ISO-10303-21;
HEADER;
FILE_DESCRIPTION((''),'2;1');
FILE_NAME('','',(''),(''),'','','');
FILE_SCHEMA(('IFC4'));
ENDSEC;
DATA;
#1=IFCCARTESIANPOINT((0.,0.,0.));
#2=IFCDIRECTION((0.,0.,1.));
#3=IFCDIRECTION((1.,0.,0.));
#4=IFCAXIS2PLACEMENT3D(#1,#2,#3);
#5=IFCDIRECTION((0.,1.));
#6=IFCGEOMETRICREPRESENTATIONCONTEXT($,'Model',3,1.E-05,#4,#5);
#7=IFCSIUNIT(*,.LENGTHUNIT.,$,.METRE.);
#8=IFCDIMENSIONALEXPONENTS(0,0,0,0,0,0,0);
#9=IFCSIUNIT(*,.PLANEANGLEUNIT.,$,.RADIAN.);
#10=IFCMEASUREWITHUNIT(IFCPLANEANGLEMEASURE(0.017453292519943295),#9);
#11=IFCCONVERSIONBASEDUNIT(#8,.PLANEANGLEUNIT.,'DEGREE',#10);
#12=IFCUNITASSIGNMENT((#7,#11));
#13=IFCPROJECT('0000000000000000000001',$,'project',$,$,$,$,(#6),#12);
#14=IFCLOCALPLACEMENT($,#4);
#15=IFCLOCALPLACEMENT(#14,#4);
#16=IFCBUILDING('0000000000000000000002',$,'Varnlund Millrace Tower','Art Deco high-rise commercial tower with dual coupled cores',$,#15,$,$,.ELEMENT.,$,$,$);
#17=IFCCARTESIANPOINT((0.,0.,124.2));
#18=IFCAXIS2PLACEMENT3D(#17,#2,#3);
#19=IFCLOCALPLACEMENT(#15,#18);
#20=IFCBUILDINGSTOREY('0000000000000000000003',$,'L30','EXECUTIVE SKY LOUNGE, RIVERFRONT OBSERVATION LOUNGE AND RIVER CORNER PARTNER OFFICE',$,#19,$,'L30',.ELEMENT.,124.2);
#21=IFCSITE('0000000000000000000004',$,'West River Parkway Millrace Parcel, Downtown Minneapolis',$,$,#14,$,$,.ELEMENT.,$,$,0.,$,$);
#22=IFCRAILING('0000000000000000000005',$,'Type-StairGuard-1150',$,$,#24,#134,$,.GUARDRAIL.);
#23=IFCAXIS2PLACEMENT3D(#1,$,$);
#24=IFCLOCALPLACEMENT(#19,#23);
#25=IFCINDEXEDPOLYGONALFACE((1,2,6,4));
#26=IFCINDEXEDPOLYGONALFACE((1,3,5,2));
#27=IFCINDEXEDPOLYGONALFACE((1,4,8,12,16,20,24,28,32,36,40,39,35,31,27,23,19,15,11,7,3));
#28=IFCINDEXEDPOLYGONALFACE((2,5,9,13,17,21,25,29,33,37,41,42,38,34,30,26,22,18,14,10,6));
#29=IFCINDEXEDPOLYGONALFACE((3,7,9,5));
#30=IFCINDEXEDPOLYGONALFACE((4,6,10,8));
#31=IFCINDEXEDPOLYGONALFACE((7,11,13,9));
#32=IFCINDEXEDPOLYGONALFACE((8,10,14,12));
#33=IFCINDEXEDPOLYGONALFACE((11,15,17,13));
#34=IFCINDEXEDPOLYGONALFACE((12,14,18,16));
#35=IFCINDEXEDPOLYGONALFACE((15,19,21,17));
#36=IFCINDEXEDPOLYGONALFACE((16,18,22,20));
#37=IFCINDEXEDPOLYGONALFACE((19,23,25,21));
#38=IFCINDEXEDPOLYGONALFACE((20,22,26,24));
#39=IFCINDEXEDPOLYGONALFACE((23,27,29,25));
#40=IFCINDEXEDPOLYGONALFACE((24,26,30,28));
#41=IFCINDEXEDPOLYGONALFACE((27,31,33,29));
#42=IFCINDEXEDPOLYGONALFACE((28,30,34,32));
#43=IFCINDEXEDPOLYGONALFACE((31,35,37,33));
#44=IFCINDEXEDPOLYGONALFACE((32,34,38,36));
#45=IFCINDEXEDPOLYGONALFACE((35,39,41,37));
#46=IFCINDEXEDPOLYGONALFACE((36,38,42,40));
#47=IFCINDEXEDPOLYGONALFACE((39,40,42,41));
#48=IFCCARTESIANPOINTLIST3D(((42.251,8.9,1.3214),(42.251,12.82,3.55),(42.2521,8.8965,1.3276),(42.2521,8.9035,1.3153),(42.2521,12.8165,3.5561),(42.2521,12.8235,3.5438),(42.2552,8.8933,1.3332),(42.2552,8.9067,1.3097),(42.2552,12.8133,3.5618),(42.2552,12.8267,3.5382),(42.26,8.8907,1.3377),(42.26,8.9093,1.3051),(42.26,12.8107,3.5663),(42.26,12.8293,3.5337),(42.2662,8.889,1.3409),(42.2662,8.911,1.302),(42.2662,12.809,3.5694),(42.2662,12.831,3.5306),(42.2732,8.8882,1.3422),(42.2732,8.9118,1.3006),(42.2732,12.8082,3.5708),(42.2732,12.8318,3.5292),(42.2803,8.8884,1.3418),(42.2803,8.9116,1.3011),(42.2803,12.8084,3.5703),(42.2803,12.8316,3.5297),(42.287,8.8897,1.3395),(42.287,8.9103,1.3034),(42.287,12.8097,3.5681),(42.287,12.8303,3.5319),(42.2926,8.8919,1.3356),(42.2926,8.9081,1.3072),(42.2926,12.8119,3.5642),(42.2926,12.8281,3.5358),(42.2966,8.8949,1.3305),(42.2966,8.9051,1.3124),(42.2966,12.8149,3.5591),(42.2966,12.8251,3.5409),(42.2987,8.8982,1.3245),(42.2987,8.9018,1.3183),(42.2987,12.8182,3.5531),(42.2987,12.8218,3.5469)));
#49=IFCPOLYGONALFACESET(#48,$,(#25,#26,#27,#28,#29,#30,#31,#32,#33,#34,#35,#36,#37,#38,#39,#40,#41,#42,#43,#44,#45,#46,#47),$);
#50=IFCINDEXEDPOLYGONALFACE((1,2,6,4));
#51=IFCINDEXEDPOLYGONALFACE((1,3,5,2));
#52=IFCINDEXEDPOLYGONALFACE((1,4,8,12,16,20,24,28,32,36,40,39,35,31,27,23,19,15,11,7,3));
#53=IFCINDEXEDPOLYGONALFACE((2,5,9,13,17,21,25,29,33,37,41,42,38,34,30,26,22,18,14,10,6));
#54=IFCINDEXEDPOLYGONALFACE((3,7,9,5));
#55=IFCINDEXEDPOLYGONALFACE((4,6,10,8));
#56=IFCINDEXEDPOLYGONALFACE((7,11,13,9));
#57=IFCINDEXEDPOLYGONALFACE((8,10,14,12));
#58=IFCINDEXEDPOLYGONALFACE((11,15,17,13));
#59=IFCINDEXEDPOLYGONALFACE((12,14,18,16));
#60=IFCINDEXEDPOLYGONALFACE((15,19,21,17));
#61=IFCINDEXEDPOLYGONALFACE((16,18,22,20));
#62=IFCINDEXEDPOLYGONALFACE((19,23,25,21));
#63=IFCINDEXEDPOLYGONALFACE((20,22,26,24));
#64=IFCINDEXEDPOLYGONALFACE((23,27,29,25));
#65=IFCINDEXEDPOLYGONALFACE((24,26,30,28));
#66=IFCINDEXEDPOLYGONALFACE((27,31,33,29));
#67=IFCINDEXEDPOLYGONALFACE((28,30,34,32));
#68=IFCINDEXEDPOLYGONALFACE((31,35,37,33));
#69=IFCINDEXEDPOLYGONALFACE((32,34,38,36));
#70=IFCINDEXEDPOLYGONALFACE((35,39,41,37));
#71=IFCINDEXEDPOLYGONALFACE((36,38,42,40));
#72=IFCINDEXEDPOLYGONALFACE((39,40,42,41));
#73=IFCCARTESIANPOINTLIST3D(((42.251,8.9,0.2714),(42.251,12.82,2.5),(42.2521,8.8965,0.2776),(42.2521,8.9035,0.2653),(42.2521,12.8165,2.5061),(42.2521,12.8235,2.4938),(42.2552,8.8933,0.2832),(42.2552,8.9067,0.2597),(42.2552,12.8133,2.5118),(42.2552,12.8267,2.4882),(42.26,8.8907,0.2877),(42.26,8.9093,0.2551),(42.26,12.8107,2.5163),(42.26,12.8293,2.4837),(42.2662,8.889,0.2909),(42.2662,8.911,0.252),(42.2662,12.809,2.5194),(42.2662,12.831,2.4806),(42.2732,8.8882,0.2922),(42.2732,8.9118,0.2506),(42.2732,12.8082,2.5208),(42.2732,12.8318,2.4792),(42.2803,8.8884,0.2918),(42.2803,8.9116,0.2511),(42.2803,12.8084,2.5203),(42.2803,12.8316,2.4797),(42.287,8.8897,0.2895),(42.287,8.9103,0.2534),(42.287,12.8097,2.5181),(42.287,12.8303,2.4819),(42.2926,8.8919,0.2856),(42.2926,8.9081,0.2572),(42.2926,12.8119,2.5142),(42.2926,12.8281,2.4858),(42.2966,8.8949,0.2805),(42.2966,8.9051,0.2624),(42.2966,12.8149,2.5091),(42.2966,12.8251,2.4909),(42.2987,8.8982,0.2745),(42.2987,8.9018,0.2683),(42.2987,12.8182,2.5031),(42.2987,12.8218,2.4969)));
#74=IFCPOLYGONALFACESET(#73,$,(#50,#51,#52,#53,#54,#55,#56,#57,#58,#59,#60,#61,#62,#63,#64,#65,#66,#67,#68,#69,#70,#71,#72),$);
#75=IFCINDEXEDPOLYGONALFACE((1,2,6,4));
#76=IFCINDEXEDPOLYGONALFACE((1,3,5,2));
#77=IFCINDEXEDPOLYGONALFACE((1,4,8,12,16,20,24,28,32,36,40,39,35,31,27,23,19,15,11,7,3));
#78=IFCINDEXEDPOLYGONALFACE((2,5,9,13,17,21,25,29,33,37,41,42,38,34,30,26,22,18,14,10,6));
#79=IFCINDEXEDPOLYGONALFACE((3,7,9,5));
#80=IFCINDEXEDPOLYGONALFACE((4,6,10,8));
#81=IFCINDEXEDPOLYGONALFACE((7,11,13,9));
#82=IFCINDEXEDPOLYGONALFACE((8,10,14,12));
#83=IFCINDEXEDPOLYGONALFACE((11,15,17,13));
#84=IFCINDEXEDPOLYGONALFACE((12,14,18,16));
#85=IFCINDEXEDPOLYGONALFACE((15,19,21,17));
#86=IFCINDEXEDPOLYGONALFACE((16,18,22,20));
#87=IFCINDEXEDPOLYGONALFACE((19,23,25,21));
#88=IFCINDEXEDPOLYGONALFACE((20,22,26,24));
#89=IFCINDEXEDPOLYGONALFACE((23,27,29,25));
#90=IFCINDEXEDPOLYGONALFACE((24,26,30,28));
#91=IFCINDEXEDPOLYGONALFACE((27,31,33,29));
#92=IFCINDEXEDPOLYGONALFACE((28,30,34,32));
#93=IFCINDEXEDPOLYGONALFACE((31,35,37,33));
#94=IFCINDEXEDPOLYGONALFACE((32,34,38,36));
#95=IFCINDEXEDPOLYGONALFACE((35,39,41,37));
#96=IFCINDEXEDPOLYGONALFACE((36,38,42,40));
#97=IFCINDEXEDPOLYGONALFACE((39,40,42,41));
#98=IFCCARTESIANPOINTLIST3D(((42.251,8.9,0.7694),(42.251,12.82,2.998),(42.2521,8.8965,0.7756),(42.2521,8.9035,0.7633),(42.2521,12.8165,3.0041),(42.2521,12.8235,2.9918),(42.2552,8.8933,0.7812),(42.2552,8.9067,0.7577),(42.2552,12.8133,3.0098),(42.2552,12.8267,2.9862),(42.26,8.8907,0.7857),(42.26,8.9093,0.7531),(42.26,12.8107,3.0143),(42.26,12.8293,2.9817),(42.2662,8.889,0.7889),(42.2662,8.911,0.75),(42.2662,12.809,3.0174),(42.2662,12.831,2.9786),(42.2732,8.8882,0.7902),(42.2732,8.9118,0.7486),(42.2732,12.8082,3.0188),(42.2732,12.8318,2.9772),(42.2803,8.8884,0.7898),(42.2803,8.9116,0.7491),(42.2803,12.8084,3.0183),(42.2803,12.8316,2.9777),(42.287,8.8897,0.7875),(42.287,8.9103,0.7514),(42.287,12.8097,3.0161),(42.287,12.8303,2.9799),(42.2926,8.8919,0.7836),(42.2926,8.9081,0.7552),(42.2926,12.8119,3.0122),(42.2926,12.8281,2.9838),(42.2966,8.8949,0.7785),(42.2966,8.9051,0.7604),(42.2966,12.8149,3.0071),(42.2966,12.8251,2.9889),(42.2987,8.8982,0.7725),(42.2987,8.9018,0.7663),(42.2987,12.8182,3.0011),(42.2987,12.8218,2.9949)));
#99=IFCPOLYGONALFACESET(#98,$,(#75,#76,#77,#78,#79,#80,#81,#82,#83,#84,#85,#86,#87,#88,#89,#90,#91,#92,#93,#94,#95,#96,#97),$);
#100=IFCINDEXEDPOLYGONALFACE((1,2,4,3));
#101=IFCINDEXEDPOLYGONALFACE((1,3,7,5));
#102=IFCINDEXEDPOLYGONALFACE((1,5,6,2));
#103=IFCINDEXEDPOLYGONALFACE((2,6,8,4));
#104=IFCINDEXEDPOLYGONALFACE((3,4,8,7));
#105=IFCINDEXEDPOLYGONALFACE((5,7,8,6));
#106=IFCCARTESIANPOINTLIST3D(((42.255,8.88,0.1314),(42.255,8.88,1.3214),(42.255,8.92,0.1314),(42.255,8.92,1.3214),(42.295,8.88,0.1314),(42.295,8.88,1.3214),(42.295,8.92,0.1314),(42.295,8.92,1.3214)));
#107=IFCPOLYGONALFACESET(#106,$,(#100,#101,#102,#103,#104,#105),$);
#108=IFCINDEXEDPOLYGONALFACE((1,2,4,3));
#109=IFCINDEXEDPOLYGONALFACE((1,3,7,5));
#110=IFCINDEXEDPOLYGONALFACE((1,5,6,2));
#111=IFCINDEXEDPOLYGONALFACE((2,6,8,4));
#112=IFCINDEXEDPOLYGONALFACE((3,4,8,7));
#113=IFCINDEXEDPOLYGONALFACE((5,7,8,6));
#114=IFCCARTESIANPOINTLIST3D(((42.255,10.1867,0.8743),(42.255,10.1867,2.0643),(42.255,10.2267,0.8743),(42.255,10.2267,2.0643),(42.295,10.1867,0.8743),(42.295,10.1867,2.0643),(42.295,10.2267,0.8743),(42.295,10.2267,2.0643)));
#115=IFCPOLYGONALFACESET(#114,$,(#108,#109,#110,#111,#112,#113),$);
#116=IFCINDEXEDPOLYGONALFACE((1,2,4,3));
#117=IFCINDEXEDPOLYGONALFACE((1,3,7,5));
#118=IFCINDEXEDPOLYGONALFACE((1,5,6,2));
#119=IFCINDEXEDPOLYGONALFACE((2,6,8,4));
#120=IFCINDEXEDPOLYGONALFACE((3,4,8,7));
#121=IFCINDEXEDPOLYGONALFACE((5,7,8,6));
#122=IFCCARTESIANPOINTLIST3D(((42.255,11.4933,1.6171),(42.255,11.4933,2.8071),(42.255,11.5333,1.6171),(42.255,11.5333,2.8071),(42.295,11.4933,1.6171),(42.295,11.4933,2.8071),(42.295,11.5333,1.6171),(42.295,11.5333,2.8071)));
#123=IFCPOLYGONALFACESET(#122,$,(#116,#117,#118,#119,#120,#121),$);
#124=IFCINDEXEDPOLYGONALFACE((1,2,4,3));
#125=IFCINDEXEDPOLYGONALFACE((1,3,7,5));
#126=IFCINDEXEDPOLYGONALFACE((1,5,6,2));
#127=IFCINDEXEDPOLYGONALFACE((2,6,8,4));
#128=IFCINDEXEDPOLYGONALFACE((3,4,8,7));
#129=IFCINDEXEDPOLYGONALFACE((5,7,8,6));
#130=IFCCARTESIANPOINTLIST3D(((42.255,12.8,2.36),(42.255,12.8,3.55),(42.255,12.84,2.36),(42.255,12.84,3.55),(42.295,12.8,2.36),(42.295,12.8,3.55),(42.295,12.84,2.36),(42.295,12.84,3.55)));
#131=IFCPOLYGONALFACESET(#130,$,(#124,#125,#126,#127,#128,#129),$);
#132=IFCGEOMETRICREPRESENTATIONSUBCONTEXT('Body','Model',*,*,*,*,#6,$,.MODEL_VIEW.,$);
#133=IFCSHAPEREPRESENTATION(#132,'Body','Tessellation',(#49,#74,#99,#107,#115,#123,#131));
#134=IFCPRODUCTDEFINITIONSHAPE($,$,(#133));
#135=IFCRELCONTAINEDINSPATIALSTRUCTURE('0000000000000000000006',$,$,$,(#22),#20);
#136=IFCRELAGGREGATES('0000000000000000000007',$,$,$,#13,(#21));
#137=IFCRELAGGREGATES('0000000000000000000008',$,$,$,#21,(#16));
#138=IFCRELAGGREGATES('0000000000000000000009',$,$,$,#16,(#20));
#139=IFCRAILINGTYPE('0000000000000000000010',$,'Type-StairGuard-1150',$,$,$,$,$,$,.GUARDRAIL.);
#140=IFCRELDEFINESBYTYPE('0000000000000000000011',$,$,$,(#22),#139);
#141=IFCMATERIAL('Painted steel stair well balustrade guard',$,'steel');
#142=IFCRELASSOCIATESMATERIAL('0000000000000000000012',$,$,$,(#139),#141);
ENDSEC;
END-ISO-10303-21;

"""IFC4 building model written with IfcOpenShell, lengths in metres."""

from ifc_helpers import new_model, entity, si_unit, converted_unit, direction, frame, origin_with_axes, origin_2d_with_axis, place, context, subcontext, project, spatial, rectangle, circle, extrude, material, type_object, element, save


model = new_model("IFC4")

# Units and contexts
model_context = context("Model", 3, precision=1e-05, world=origin_with_axes(), true_north=direction((0.0, 1.0)))
body_context = subcontext(model_context, "Body", "Model", "MODEL_VIEW")
ifc_project = project(units=[si_unit("LENGTHUNIT", "METRE"), converted_unit("PLANEANGLEUNIT", "DEGREE", entity("IfcPlaneAngleMeasure", 0.017453292519943295), si_unit("PLANEANGLEUNIT", "RADIAN"), dimensions=[0, 0, 0, 0, 0, 0, 0])], contexts=[model_context])

# Site, building, storey
site_placement = place(None, origin_with_axes())
site = spatial("IfcSite", under=ifc_project, at=site_placement, Name="West River Parkway Millrace Parcel, Downtown Minneapolis", CompositionType="ELEMENT", RefElevation=0.0)
building_placement = place(site_placement, origin_with_axes())
building = spatial("IfcBuilding", under=site, at=building_placement, Name="Varnlund Millrace Tower", Description="Art Deco high-rise commercial tower with dual coupled cores", CompositionType="ELEMENT")
storey_placement = place(building_placement, frame((0.0, 0.0, 124.2), z_axis=(0.0, 0.0, 1.0), x_axis=(1.0, 0.0, 0.0)))
storey = spatial("IfcBuildingStorey", under=building, at=storey_placement, Name="L30", Description="EXECUTIVE SKY LOUNGE, RIVERFRONT OBSERVATION LOUNGE AND RIVER CORNER PARTNER OFFICE", LongName="L30", CompositionType="ELEMENT", Elevation=124.2)

# Railing
ifc_material_1 = material(Name="Painted steel stair well balustrade guard", Category="steel")
railing_type_1 = type_object("IfcRailingType", Name="Type-StairGuard-1150", PredefinedType="GUARDRAIL", material=ifc_material_1)
railing_1_placement = place(storey_placement, frame((0.0, 0.0, -124.2), z_axis=(0.0, 0.0, 1.0), x_axis=(1.0, 0.0, 0.0)))
element("IfcRailing", 1, at=railing_1_placement, inside=storey, type_object=railing_type_1, Name="Type-StairGuard-1150", PredefinedType="GUARDRAIL", context=body_context, shape_type="SweptSolid", body=[
    extrude(circle(Radius=0.024, at=origin_2d_with_axis()), frame((42.275, 8.9, 125.5214), z_axis=(0.0, 0.869333, 0.494227), x_axis=(-1.0, 0.0, 0.0)), (0.0, 0.0, 1.0), 4.5092),
    extrude(circle(Radius=0.024, at=origin_2d_with_axis()), frame((42.275, 8.9, 124.4714), z_axis=(0.0, 0.869333, 0.494227), x_axis=(-1.0, 0.0, 0.0)), (0.0, 0.0, 1.0), 4.5092),
    extrude(circle(Radius=0.024, at=origin_2d_with_axis()), frame((42.275, 8.9, 124.9694), z_axis=(0.0, 0.869333, 0.494227), x_axis=(-1.0, 0.0, 0.0)), (0.0, 0.0, 1.0), 4.5092),
    extrude(rectangle(XDim=0.04, YDim=0.04, at=origin_2d_with_axis()), frame((42.275, 8.9, 124.3314), z_axis=(0.0, 0.0, 1.0), x_axis=(1.0, 0.0, 0.0)), (0.0, 0.0, 1.0), 1.19),
    extrude(rectangle(XDim=0.04, YDim=0.04, at=origin_2d_with_axis()), frame((42.275, 10.2067, 125.0743), z_axis=(0.0, 0.0, 1.0), x_axis=(1.0, 0.0, 0.0)), (0.0, 0.0, 1.0), 1.19),
    extrude(rectangle(XDim=0.04, YDim=0.04, at=origin_2d_with_axis()), frame((42.275, 11.5133, 125.8171), z_axis=(0.0, 0.0, 1.0), x_axis=(1.0, 0.0, 0.0)), (0.0, 0.0, 1.0), 1.19),
    extrude(rectangle(XDim=0.04, YDim=0.04, at=origin_2d_with_axis()), frame((42.275, 12.82, 126.56), z_axis=(0.0, 0.0, 1.0), x_axis=(1.0, 0.0, 0.0)), (0.0, 0.0, 1.0), 1.19),
])

save(model, "model.ifc")
